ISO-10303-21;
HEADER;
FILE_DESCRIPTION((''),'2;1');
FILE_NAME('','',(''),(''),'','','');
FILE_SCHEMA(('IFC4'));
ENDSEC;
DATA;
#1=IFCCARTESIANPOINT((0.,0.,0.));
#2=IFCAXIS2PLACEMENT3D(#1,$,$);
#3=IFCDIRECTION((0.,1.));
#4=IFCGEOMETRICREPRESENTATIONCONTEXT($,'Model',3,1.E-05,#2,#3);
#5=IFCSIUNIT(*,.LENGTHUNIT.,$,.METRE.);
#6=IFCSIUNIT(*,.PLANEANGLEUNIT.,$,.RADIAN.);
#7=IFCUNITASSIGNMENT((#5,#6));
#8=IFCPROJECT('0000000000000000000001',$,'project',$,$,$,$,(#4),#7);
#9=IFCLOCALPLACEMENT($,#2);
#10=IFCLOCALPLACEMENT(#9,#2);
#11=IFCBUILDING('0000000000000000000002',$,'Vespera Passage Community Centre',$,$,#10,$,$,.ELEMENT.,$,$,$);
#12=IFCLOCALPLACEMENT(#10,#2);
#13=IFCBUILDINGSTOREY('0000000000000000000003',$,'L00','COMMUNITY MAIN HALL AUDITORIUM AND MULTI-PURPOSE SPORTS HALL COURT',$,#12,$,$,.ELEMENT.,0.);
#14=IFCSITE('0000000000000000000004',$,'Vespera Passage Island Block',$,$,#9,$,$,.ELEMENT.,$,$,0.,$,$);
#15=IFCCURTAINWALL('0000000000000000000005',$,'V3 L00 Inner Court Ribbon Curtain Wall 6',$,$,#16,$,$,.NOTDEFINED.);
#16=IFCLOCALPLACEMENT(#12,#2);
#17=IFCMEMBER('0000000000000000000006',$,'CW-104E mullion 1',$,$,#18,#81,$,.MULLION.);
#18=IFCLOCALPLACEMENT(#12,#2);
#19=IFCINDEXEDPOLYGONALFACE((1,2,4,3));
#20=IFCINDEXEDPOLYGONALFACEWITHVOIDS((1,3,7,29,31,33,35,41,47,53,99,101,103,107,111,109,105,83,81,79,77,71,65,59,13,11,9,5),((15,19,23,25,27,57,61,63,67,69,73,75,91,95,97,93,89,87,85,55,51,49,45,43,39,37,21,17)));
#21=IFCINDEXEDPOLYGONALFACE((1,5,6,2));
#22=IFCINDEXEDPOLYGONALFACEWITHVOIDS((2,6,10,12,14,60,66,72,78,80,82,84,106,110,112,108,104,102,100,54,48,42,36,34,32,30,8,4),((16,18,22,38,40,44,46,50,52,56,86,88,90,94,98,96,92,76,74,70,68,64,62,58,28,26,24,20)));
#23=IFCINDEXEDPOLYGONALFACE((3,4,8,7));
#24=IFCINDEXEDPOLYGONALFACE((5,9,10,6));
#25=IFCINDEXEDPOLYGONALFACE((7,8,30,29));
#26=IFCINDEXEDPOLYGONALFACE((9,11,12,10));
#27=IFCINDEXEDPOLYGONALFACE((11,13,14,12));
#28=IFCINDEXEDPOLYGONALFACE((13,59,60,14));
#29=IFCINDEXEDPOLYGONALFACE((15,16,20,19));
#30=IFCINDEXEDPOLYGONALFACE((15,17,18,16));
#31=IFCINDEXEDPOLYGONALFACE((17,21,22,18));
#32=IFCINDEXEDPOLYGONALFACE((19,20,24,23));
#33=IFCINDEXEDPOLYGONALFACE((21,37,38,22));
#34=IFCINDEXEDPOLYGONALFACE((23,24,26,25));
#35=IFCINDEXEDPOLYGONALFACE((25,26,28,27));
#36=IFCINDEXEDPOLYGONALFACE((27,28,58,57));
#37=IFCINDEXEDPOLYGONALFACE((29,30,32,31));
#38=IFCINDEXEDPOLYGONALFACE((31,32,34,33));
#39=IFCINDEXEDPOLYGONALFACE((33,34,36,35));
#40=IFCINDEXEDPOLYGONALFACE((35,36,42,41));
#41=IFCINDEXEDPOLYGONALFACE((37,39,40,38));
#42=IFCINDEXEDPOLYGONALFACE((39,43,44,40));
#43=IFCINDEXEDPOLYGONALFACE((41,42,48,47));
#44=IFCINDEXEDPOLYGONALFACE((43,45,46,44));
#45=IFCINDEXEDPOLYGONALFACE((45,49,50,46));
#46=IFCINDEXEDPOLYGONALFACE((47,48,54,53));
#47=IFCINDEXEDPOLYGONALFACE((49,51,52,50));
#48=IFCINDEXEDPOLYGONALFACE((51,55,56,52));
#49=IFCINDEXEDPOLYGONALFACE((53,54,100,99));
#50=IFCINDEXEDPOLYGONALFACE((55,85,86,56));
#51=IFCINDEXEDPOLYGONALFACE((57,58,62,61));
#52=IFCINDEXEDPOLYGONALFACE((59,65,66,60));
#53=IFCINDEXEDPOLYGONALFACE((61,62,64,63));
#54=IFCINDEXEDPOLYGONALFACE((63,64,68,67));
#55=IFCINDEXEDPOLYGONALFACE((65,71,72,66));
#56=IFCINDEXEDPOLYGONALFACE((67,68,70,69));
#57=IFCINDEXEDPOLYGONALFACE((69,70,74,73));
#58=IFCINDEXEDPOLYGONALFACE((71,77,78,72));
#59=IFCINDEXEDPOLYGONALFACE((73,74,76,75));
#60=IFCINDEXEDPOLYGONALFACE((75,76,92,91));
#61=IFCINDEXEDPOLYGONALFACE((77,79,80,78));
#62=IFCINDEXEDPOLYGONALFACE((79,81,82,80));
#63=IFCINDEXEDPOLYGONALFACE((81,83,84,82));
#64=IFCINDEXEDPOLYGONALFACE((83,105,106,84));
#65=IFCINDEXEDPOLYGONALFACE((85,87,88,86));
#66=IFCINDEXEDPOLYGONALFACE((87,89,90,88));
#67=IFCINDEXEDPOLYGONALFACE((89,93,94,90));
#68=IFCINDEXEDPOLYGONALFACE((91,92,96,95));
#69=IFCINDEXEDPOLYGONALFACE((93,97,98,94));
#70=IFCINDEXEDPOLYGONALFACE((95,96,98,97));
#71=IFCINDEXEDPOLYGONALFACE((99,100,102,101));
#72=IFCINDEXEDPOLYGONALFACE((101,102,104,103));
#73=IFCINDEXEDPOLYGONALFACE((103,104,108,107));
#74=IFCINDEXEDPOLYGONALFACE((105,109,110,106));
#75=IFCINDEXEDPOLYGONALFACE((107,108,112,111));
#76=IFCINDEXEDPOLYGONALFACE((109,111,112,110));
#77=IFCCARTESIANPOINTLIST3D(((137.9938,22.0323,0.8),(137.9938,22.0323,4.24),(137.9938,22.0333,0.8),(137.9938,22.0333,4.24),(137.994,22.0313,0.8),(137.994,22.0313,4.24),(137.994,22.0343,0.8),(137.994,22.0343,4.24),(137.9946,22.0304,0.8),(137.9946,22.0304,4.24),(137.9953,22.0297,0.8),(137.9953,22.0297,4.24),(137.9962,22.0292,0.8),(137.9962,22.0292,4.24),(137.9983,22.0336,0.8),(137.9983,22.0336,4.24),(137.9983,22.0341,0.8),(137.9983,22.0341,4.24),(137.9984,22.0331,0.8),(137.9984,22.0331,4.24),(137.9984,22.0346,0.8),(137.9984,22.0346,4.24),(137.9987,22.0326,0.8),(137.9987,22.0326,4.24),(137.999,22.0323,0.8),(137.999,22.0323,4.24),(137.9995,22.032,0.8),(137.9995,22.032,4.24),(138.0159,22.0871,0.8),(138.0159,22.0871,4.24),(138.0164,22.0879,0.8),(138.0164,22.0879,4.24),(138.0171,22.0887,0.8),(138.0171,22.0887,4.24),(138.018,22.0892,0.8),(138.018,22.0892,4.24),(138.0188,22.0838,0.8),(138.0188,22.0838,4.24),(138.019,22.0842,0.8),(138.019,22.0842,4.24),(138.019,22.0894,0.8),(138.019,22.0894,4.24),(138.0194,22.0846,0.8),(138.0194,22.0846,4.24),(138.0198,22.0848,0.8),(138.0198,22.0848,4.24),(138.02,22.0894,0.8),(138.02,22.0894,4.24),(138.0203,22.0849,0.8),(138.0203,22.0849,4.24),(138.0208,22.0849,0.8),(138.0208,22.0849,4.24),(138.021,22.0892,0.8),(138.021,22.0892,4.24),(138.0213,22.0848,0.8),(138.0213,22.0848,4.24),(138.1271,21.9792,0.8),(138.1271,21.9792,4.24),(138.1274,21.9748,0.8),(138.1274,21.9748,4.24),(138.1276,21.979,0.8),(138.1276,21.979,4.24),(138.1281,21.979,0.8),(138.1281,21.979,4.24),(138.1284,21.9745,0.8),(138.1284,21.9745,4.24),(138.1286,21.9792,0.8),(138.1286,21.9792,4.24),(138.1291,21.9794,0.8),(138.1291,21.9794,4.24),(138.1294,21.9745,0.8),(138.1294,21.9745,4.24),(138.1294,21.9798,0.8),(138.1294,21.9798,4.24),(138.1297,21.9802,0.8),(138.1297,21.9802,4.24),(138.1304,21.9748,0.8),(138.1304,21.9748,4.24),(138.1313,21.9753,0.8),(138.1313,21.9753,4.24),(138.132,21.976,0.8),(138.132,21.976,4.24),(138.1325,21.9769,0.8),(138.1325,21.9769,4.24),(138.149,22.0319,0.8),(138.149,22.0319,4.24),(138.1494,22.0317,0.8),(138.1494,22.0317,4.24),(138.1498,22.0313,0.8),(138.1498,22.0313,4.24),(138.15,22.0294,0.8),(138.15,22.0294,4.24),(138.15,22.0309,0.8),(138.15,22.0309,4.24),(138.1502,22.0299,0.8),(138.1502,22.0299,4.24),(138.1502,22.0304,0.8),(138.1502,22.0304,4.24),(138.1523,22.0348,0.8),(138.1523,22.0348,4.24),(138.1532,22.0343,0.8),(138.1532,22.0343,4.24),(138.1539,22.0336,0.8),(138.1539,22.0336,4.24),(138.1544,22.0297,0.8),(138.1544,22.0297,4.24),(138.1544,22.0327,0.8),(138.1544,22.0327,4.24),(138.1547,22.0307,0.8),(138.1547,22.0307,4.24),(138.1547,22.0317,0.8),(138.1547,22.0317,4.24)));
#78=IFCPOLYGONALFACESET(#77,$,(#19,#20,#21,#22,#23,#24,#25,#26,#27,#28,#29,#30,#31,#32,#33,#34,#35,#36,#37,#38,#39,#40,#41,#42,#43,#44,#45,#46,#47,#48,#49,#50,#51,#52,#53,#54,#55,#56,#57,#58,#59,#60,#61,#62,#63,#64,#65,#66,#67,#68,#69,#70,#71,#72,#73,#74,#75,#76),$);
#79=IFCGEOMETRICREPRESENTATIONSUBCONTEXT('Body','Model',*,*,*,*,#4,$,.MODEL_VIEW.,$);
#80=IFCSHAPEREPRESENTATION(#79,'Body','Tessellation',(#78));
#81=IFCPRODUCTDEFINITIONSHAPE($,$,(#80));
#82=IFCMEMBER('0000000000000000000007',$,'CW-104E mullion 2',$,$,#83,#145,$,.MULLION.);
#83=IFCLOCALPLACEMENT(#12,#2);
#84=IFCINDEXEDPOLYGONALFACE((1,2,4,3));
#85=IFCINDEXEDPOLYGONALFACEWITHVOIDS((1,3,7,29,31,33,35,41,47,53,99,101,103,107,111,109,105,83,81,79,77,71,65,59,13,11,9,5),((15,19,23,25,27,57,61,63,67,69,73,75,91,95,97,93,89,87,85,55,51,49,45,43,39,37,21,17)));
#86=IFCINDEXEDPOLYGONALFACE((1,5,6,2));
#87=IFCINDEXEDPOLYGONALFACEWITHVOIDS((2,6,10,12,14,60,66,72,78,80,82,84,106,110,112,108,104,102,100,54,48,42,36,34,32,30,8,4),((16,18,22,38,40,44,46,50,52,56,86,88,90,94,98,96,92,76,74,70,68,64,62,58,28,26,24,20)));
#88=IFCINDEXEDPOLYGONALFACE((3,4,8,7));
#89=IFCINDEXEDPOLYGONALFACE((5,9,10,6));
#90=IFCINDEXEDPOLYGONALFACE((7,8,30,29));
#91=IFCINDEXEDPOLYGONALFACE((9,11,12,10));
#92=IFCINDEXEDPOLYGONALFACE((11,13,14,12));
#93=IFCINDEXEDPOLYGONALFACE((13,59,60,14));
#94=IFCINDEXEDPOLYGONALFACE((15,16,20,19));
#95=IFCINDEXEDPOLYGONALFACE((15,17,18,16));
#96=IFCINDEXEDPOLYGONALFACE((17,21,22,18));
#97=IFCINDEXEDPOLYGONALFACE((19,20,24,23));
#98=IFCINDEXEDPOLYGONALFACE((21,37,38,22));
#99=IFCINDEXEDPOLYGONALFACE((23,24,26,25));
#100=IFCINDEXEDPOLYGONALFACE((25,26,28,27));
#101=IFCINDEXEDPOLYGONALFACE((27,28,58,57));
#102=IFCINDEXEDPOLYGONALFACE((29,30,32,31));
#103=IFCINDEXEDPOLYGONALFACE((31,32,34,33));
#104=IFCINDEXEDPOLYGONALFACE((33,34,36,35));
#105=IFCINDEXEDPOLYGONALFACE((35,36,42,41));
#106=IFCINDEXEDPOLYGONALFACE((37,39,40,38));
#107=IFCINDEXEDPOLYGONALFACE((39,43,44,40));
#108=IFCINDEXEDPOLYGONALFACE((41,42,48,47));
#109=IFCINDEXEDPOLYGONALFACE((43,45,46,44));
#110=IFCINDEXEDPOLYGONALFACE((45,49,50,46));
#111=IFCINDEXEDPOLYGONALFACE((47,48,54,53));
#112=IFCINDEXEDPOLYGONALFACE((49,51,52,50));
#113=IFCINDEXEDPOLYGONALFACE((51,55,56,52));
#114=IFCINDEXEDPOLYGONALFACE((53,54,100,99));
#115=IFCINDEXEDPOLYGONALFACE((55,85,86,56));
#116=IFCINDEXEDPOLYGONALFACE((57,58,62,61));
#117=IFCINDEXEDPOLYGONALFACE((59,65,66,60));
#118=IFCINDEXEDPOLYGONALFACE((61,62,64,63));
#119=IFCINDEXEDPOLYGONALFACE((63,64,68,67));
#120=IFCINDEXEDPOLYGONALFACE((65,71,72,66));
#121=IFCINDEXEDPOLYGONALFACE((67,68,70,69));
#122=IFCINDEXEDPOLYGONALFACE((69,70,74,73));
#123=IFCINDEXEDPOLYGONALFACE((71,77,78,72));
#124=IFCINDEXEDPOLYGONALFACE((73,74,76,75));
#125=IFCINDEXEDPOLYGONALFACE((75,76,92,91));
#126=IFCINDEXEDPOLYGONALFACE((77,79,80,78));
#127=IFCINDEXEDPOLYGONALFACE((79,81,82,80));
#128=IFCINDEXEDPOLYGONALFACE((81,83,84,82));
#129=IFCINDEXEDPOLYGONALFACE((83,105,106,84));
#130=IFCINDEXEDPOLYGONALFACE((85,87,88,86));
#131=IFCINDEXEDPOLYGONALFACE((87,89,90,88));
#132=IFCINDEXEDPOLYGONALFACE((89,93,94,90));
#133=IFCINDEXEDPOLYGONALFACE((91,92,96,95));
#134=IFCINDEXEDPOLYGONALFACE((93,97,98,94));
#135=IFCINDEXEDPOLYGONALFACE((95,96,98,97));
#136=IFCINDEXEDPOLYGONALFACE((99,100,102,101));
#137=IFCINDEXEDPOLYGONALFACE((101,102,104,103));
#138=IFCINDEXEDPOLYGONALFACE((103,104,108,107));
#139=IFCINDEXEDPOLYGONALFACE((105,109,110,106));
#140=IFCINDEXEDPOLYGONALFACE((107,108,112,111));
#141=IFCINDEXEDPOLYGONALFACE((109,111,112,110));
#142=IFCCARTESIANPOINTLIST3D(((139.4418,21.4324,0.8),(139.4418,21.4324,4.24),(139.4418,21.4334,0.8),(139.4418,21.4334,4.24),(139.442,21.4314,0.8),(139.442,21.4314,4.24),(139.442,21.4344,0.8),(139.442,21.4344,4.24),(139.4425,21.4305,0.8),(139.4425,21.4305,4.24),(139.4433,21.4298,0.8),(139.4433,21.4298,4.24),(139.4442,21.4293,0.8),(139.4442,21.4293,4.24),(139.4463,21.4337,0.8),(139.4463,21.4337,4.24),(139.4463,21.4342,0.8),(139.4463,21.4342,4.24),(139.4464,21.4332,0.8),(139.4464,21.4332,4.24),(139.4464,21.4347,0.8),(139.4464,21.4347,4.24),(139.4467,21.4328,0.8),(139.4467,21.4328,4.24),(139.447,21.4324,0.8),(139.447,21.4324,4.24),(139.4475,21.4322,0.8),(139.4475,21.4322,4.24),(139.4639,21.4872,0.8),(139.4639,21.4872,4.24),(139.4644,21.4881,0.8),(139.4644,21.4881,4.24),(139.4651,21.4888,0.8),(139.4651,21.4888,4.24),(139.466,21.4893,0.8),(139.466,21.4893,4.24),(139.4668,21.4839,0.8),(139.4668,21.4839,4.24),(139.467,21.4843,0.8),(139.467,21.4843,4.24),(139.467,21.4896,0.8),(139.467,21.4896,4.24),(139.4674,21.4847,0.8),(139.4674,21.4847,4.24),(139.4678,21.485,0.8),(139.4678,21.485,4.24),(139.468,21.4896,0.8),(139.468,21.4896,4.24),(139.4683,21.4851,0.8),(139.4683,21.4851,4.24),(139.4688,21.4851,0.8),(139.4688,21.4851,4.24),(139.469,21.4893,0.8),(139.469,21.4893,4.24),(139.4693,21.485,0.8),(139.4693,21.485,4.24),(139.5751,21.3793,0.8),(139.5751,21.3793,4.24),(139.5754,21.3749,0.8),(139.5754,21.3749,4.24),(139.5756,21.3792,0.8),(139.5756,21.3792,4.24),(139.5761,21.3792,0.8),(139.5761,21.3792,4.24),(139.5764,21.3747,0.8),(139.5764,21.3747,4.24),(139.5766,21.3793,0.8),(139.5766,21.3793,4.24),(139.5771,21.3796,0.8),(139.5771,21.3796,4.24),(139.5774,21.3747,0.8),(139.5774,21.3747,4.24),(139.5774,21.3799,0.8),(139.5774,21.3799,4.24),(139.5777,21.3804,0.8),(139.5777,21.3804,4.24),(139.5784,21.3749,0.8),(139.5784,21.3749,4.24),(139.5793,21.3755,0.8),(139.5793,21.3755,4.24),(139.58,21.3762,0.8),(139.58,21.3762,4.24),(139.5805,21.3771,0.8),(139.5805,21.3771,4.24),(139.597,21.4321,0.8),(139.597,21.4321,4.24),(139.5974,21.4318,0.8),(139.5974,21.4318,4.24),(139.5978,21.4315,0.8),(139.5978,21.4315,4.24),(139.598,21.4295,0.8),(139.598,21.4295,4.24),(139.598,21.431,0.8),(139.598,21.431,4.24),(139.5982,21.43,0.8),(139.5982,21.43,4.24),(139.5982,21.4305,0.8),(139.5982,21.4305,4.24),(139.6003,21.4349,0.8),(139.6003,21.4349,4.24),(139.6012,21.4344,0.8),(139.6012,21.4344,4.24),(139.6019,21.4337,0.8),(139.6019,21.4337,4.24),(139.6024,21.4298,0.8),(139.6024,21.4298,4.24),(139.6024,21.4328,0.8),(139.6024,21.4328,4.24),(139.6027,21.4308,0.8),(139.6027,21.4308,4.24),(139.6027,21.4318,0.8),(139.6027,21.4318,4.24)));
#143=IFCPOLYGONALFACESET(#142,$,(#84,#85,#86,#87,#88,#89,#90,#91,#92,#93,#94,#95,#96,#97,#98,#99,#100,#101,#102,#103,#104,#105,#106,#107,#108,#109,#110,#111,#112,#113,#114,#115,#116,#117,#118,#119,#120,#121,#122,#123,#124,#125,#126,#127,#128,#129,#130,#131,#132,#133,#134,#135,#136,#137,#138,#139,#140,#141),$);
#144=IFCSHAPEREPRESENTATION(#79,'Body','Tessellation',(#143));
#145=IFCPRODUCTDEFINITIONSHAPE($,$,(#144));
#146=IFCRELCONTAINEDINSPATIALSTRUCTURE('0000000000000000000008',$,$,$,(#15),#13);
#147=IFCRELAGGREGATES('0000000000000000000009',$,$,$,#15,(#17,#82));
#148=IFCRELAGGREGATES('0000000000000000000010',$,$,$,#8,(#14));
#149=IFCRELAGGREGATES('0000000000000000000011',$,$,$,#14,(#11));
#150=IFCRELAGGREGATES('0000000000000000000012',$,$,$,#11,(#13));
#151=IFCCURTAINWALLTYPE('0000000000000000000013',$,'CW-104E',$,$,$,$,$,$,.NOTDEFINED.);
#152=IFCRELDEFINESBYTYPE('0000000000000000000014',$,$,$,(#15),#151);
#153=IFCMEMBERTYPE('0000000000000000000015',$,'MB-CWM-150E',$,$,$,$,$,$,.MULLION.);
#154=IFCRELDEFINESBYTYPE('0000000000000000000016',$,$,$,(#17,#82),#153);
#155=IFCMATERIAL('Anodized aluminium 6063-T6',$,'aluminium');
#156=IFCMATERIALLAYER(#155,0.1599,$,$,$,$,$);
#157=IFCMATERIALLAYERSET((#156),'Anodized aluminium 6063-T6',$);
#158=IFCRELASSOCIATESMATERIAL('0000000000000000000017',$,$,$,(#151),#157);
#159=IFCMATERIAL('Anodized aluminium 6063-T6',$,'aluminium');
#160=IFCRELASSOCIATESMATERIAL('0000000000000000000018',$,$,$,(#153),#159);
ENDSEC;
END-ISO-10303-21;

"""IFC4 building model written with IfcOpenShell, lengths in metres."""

from ifc_helpers import new_model, si_unit, direction, frame, origin, origin_2d, place, context, subcontext, project, spatial, hollow_rectangle, extrude, material, layer, layer_set, material_profile, profile_set, type_object, element, aggregate, save


model = new_model("IFC4")

# Units and contexts
model_context = context("Model", 3, precision=1e-05, world=origin(), true_north=direction((0.0, 1.0)))
body_context = subcontext(model_context, "Body", "Model", "MODEL_VIEW")
ifc_project = project(units=[si_unit("LENGTHUNIT", "METRE"), si_unit("PLANEANGLEUNIT", "RADIAN")], contexts=[model_context])

# Site, building, storey
site_placement = place(None, origin())
site = spatial("IfcSite", under=ifc_project, at=site_placement, Name="Vespera Passage Island Block", CompositionType="ELEMENT", RefElevation=0.0)
building_placement = place(site_placement, origin())
building = spatial("IfcBuilding", under=site, at=building_placement, Name="Vespera Passage Community Centre", CompositionType="ELEMENT")
storey_placement = place(building_placement, origin())
storey = spatial("IfcBuildingStorey", under=building, at=storey_placement, Name="L00", Description="COMMUNITY MAIN HALL AUDITORIUM AND MULTI-PURPOSE SPORTS HALL COURT", CompositionType="ELEMENT", Elevation=0.0)

# Curtain wall, members
ifc_material_1 = material(Name="Anodized aluminium 6063-T6", Category="aluminium")
ifc_layer_1 = layer(ifc_material_1, 0.1599)
ifc_layer_set_1 = layer_set([ifc_layer_1], Name="Anodized aluminium 6063-T6")
curtain_wall_type = type_object("IfcCurtainWallType", Name="CW-104E", PredefinedType="NOTDEFINED", material=ifc_layer_set_1)
ifc_material_2 = material(Name="Anodized aluminium 6063-T6", Category="aluminium")
ifc_material_profile_1 = material_profile(ifc_material_2, hollow_rectangle(XDim=0.0649, YDim=0.1499, WallThickness=0.0039, InnerFilletRadius=0.002, OuterFilletRadius=0.0039, at=origin_2d()), Name="ALU150X65X4")
ifc_profile_set_1 = profile_set([ifc_material_profile_1], Name="Anodized aluminium 6063-T6")
member_type_1 = type_object("IfcMemberType", Name="MB-CWM-150E", PredefinedType="MULLION", material=ifc_profile_set_1)
curtain_wall_1_placement = place(storey_placement, origin())
curtain_wall_1 = element("IfcCurtainWall", 1, at=curtain_wall_1_placement, inside=storey, type_object=curtain_wall_type, Name="V3 L00 Inner Court Ribbon Curtain Wall 6", PredefinedType="NOTDEFINED")
member_1_placement = place(storey_placement, frame((138.0742, 22.032, 0.8), z_axis=(0.0, 0.0, 1.0), x_axis=(0.382686, 0.923879, 0.0)))
member_1 = element("IfcMember", 2, at=member_1_placement, type_object=member_type_1, Name="CW-104E mullion 1", PredefinedType="MULLION", context=body_context, shape_type="SweptSolid", body=[
    extrude(hollow_rectangle(XDim=0.0649, YDim=0.1499, WallThickness=0.0039, InnerFilletRadius=0.002, OuterFilletRadius=0.0039, at=origin_2d()), origin(), (0.0, 0.0, 1.0), 3.4399),
])
member_2_placement = place(storey_placement, frame((139.5222, 21.4321, 0.8), z_axis=(0.0, 0.0, 1.0), x_axis=(0.382686, 0.923879, 0.0)))
member_2 = element("IfcMember", 3, at=member_2_placement, type_object=member_type_1, Name="CW-104E mullion 2", PredefinedType="MULLION", context=body_context, shape_type="SweptSolid", body=[
    extrude(hollow_rectangle(XDim=0.0649, YDim=0.1499, WallThickness=0.0039, InnerFilletRadius=0.002, OuterFilletRadius=0.0039, at=origin_2d()), origin(), (0.0, 0.0, 1.0), 3.4399),
])

aggregate(curtain_wall_1, [member_1, member_2])

save(model, "model.ifc")
